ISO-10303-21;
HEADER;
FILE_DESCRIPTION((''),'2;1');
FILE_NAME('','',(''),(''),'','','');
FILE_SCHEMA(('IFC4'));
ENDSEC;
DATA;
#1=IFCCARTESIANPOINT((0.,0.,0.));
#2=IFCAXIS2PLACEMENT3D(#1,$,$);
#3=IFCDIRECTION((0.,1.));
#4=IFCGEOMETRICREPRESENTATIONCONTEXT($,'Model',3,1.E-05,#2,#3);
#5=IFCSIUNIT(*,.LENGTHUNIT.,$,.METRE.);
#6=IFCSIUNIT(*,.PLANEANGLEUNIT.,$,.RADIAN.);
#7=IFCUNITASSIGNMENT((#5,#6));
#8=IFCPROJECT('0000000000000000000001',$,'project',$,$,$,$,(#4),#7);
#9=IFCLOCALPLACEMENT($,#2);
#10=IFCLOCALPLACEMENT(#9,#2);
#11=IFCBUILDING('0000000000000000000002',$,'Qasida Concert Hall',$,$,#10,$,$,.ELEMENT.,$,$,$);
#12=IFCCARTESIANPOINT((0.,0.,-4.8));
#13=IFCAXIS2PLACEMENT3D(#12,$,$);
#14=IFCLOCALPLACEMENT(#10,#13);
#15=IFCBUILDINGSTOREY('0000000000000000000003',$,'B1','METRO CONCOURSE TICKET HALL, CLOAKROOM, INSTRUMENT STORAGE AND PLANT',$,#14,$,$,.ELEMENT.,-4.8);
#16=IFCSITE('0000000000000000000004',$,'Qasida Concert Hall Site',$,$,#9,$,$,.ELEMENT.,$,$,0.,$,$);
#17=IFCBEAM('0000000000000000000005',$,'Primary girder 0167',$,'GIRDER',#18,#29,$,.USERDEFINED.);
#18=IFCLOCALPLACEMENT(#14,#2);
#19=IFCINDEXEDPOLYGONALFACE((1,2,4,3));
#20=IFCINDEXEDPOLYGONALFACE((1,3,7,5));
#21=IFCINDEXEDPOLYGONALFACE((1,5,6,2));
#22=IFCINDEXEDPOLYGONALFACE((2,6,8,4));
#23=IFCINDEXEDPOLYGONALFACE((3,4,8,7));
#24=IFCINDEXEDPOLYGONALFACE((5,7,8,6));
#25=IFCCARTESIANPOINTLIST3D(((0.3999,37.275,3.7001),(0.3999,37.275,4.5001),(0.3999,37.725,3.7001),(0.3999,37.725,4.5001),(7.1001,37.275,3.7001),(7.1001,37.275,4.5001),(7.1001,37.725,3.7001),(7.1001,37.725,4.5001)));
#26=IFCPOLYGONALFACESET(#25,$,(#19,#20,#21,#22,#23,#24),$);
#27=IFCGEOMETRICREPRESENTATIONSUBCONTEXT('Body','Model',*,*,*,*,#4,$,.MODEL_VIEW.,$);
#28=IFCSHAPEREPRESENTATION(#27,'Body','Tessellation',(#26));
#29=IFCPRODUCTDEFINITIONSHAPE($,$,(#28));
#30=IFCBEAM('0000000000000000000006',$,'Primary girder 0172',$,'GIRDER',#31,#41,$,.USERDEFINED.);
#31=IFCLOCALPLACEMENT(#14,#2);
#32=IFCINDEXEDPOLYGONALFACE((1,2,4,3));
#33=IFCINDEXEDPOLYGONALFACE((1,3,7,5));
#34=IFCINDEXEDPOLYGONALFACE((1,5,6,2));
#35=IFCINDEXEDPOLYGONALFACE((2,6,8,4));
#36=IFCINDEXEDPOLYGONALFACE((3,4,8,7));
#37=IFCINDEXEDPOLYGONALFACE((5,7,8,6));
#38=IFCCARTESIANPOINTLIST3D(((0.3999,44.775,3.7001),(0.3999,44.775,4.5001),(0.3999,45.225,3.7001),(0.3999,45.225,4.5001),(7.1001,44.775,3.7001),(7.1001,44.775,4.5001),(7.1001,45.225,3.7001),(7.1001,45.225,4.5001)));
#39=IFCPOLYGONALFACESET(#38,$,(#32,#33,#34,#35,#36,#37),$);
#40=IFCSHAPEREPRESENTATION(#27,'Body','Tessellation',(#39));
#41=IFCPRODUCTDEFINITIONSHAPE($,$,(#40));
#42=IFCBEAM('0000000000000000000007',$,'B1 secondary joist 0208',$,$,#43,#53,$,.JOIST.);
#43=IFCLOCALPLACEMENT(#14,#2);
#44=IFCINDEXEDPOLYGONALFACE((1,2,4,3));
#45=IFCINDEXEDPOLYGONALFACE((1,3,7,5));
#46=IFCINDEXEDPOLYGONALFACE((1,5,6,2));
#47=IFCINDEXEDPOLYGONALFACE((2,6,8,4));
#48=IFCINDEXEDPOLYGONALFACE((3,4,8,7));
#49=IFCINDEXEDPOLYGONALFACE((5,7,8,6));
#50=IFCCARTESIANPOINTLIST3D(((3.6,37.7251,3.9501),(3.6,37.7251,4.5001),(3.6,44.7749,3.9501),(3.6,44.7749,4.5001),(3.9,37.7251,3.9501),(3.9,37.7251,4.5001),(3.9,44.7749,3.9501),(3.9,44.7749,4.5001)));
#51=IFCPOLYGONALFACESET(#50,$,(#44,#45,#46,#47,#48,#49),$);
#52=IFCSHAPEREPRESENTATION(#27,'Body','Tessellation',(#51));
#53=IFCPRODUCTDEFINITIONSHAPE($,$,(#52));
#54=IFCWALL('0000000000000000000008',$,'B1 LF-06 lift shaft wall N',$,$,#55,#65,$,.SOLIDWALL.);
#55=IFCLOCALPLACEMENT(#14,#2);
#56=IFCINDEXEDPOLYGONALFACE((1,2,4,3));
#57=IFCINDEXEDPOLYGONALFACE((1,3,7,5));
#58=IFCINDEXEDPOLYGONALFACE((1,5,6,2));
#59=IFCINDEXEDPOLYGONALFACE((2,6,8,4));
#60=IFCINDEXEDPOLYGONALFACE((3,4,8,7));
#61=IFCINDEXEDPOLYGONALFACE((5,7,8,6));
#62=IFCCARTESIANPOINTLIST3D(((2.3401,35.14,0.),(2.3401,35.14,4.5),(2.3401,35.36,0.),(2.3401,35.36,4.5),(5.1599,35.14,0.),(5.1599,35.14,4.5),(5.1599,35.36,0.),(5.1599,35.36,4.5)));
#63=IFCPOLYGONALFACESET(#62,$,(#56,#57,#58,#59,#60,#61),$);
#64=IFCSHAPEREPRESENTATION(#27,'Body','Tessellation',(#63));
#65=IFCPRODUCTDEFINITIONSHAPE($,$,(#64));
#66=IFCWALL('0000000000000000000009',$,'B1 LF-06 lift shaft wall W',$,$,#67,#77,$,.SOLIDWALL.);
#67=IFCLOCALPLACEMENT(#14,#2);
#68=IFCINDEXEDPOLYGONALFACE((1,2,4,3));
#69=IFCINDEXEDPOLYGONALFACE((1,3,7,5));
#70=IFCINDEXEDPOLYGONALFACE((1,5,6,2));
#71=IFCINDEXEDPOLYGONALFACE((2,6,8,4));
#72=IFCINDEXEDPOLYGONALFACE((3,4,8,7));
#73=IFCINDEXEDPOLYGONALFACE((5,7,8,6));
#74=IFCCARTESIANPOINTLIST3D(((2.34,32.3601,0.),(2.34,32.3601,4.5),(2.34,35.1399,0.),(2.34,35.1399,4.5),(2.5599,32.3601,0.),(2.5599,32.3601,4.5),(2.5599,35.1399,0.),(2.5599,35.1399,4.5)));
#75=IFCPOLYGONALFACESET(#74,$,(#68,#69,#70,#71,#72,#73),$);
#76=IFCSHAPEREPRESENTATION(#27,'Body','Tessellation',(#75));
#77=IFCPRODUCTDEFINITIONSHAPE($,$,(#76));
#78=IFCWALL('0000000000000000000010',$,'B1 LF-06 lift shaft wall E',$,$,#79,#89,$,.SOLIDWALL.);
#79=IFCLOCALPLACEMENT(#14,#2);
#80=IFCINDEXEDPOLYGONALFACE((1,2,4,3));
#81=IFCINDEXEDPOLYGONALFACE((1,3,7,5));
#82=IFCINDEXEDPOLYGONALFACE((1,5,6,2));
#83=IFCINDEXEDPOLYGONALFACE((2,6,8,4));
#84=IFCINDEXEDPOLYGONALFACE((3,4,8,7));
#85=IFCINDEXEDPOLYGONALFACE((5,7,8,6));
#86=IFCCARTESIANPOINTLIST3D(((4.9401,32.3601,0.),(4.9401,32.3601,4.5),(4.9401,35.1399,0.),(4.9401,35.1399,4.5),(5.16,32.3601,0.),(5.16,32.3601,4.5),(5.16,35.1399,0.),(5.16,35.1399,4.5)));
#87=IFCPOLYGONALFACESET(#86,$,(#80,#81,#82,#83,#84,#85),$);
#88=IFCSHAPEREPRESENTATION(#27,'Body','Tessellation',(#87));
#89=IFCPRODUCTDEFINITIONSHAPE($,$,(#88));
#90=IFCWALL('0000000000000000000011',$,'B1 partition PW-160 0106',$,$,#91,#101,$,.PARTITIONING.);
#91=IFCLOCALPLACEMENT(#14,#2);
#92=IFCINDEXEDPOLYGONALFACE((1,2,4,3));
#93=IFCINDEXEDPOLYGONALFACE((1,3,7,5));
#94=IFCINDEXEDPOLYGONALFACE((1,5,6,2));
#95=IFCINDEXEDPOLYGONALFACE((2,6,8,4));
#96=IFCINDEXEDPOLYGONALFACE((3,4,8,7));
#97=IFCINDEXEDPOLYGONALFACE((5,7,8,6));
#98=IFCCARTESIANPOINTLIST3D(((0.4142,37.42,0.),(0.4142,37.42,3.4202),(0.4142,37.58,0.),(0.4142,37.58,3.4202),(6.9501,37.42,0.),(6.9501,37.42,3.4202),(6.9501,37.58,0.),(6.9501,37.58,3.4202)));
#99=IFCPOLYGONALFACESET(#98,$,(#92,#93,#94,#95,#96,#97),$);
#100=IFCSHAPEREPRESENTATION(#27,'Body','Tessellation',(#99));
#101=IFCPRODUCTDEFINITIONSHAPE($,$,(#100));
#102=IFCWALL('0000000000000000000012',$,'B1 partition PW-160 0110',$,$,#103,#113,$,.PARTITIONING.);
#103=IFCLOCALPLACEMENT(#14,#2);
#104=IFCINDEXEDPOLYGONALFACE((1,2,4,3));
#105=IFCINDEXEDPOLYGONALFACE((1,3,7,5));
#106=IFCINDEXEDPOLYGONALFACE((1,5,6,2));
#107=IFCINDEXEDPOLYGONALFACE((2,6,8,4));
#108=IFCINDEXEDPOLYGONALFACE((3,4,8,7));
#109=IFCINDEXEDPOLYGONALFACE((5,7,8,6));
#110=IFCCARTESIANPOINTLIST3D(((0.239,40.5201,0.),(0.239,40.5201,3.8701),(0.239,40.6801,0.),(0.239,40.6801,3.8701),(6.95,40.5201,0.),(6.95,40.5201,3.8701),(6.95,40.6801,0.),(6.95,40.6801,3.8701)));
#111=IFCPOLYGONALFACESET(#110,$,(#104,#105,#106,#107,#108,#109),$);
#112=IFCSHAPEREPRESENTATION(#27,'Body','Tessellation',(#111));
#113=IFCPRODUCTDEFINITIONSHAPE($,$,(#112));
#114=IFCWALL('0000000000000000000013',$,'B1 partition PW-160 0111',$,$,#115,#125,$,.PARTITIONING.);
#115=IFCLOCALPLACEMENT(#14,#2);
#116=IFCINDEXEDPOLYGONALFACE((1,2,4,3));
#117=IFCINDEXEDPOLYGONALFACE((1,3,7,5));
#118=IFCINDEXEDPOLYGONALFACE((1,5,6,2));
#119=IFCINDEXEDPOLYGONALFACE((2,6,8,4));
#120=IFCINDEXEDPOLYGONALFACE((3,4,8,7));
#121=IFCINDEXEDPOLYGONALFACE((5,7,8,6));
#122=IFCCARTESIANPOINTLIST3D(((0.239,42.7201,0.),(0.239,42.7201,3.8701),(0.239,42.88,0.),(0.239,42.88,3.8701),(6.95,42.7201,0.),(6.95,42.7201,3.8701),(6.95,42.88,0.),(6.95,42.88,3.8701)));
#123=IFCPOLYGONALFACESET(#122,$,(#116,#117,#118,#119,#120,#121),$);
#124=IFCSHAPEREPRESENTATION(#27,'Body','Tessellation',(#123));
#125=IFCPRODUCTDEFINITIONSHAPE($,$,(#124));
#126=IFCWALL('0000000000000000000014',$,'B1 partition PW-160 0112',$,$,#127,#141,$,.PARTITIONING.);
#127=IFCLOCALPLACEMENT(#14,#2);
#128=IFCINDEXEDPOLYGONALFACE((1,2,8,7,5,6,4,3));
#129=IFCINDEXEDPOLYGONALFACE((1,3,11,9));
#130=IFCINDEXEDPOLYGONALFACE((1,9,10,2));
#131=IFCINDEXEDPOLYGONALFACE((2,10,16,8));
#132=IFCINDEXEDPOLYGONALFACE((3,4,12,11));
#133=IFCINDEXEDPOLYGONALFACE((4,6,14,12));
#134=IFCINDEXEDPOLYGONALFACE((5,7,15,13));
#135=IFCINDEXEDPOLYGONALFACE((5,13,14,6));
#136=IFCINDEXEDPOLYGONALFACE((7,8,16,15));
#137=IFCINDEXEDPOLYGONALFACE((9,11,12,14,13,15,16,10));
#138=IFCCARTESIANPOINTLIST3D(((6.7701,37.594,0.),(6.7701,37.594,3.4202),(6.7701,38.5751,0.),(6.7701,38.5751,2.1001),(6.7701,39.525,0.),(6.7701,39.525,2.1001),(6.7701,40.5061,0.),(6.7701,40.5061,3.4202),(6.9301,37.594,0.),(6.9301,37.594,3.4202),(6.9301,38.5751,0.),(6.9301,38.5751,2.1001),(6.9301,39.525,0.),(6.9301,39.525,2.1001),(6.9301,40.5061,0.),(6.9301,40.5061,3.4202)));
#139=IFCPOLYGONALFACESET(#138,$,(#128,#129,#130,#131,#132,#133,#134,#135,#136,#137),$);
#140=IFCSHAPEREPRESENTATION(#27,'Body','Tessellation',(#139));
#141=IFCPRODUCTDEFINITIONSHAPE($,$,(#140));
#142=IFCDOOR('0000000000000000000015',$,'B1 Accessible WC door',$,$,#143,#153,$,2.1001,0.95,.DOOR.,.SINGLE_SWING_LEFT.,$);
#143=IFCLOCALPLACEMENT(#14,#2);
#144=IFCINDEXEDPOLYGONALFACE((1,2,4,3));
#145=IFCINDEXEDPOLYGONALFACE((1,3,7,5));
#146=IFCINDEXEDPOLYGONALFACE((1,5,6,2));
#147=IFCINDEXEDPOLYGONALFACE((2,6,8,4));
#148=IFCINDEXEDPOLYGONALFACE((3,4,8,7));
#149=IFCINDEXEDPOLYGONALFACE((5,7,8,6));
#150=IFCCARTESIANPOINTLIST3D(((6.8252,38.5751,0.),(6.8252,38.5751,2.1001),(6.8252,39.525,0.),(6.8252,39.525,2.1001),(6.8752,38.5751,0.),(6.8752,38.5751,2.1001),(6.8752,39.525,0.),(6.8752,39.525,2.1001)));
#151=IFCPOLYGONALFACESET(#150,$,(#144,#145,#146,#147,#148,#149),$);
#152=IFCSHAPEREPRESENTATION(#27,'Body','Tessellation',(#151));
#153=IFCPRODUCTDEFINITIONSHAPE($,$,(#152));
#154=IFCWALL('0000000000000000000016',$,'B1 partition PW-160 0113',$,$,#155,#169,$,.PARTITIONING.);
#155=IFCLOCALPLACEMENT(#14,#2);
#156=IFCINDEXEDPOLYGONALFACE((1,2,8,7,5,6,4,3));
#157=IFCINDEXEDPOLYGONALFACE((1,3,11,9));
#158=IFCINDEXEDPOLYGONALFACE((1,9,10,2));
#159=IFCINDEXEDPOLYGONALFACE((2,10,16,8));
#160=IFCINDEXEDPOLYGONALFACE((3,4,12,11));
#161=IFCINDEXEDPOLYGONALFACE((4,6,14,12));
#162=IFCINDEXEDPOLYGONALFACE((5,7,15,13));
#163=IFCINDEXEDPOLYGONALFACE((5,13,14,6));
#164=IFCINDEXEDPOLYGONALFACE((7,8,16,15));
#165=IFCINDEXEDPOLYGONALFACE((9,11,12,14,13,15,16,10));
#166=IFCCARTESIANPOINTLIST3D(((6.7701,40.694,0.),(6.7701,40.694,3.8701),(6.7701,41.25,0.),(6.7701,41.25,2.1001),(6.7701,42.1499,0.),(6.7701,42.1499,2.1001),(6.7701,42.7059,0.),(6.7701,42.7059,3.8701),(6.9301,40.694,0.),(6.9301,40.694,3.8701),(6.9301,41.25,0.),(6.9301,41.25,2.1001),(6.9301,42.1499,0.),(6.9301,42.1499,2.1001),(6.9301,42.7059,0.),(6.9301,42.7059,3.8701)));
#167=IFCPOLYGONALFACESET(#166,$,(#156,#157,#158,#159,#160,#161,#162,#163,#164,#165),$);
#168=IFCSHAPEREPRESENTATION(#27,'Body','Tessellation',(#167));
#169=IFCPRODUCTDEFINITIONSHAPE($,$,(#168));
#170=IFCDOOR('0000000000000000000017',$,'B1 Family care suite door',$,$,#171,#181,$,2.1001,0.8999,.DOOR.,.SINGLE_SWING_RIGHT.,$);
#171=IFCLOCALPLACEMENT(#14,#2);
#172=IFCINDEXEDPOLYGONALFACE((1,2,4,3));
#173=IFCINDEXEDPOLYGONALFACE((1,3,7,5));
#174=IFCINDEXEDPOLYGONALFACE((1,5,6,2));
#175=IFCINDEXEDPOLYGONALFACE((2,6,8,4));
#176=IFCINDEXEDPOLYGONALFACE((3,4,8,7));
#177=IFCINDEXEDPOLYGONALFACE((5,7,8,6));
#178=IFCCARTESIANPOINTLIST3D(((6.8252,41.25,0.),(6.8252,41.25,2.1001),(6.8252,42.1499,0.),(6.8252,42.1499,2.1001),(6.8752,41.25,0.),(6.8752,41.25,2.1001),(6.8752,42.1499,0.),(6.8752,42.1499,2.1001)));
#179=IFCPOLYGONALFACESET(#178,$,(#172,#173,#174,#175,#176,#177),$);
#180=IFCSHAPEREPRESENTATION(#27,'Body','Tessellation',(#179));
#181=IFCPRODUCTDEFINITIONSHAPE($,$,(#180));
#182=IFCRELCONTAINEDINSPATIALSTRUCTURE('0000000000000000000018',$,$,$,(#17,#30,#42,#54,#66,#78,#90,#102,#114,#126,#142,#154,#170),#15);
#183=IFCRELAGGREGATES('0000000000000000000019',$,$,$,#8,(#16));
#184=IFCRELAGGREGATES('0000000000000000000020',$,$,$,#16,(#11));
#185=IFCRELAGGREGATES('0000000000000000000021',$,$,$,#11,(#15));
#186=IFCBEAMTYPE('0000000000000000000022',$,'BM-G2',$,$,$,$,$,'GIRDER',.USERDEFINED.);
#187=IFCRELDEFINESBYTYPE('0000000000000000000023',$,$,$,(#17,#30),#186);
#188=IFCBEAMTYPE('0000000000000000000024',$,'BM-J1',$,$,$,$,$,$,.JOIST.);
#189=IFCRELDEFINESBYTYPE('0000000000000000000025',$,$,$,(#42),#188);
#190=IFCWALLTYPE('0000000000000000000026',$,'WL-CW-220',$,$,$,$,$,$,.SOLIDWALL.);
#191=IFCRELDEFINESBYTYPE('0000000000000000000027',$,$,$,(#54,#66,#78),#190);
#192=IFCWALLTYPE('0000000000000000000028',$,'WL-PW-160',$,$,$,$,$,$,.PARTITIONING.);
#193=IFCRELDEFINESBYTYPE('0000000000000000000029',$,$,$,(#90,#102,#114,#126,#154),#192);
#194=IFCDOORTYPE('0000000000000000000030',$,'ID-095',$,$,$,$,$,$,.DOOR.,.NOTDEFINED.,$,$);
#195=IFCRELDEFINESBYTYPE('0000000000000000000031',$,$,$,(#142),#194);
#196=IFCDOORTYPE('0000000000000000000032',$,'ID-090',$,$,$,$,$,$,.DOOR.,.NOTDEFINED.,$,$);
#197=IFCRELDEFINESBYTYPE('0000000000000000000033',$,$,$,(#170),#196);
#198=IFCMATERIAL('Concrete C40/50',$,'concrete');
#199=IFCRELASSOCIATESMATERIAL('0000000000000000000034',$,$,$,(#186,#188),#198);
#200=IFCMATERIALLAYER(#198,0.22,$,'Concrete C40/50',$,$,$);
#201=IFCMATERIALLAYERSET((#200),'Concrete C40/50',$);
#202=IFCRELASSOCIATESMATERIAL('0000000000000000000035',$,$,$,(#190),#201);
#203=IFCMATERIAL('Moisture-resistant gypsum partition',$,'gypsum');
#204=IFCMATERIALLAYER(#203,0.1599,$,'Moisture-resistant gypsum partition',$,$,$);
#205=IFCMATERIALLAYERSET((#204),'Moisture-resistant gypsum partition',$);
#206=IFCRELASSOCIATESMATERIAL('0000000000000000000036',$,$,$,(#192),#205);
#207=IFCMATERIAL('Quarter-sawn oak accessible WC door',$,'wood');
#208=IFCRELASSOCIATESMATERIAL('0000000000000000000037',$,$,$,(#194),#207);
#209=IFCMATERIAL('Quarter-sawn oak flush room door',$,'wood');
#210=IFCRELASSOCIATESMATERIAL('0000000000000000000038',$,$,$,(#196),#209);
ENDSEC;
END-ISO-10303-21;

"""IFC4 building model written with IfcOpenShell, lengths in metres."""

from ifc_helpers import new_model, si_unit, direction, frame, frame_2d, origin, origin_2d, place, context, subcontext, project, spatial, rectangle, extrude, material, layer, layer_set, material_profile, profile_set, type_object, element, fill, save


model = new_model("IFC4")

# Units and contexts
model_context = context("Model", 3, precision=1e-05, world=origin(), true_north=direction((0.0, 1.0)))
body_context = subcontext(model_context, "Body", "Model", "MODEL_VIEW")
ifc_project = project(units=[si_unit("LENGTHUNIT", "METRE"), si_unit("PLANEANGLEUNIT", "RADIAN")], contexts=[model_context])

# Site, building, storey
site_placement = place(None, origin())
site = spatial("IfcSite", under=ifc_project, at=site_placement, Name="Qasida Concert Hall Site", CompositionType="ELEMENT", RefElevation=0.0)
building_placement = place(site_placement, origin())
building = spatial("IfcBuilding", under=site, at=building_placement, Name="Qasida Concert Hall", CompositionType="ELEMENT")
storey_placement = place(building_placement, frame((0.0, 0.0, -4.8)))
storey = spatial("IfcBuildingStorey", under=building, at=storey_placement, Name="B1", Description="METRO CONCOURSE TICKET HALL, CLOAKROOM, INSTRUMENT STORAGE AND PLANT", CompositionType="ELEMENT", Elevation=-4.8)

# Shared definitions
ifc_material_1 = material(Name="Concrete C40/50", Category="concrete")

# Beams
ifc_material_profile_1 = material_profile(ifc_material_1, rectangle(XDim=0.45, YDim=0.8, at=origin_2d()), Name="RC 450x800")
ifc_profile_set_1 = profile_set([ifc_material_profile_1], Name="Concrete C40/50")
beam_type_1 = type_object("IfcBeamType", Name="BM-G2", ElementType="GIRDER", PredefinedType="USERDEFINED", material=ifc_profile_set_1)
for number, where, z_axis, x_axis, name in (
    (1, (0.3999, 37.5, 4.1001), (1.0, 0.0, 0.0), (0.0, 1.0, 0.0), "Primary girder 0167"),
    (2, (0.3999, 45.0, 4.1001), (1.0, 0.0, 0.0), (0.0, 1.0, 0.0), "Primary girder 0172"),
):
    element("IfcBeam", number, at=place(storey_placement, frame(where, z_axis=z_axis, x_axis=x_axis)), inside=storey, type_object=beam_type_1, Name=name, ObjectType="GIRDER", PredefinedType="USERDEFINED", context=body_context, shape_type="SweptSolid", body=[
        extrude(rectangle(XDim=0.45, YDim=0.8, at=origin_2d()), origin(), (0.0, 0.0, 1.0), 6.7002),
    ])
ifc_material_profile_2 = material_profile(ifc_material_1, rectangle(XDim=0.3, YDim=0.55, at=origin_2d()), Name="RC 300x550")
ifc_profile_set_2 = profile_set([ifc_material_profile_2], Name="Concrete C40/50")
beam_type_2 = type_object("IfcBeamType", Name="BM-J1", PredefinedType="JOIST", material=ifc_profile_set_2)
beam_placement = place(storey_placement, frame((3.75, 37.7251, 4.2251), z_axis=(0.0, 1.0, 0.0), x_axis=(-1.0, 0.0, 0.0)))
element("IfcBeam", 3, at=beam_placement, inside=storey, type_object=beam_type_2, Name="B1 secondary joist 0208", PredefinedType="JOIST", context=body_context, shape_type="SweptSolid", body=[
    extrude(rectangle(XDim=0.3, YDim=0.55, at=origin_2d()), origin(), (0.0, 0.0, 1.0), 7.0498),
])

# Shared definitions
ifc_layer_1 = layer(ifc_material_1, 0.22, Name="Concrete C40/50")
ifc_layer_set_1 = layer_set([ifc_layer_1], Name="Concrete C40/50")
wall_type_1 = type_object("IfcWallType", Name="WL-CW-220", PredefinedType="SOLIDWALL", material=ifc_layer_set_1)

# Walls
wall_1_placement = place(storey_placement, frame((2.3401, 35.25, 0.0), z_axis=(0.0, 0.0, 1.0), x_axis=(1.0, 0.0, 0.0)))
element("IfcWall", 4, at=wall_1_placement, inside=storey, type_object=wall_type_1, Name="B1 LF-06 lift shaft wall N", PredefinedType="SOLIDWALL", context=body_context, shape_type="SweptSolid", body=[
    extrude(rectangle(XDim=2.8198, YDim=0.22, at=frame_2d((1.4099, 0.0))), origin(), (0.0, 0.0, 1.0), 4.5),
])
for number, where, z_axis, x_axis, name in (
    (5, (2.45, 32.3601, 0.0), (0.0, 0.0, 1.0), (0.0, 1.0, 0.0), "B1 LF-06 lift shaft wall W"),
    (6, (5.05, 32.3601, 0.0), (0.0, 0.0, 1.0), (0.0, 1.0, 0.0), "B1 LF-06 lift shaft wall E"),
):
    element("IfcWall", number, at=place(storey_placement, frame(where, z_axis=z_axis, x_axis=x_axis)), inside=storey, type_object=wall_type_1, Name=name, PredefinedType="SOLIDWALL", context=body_context, shape_type="SweptSolid", body=[
        extrude(rectangle(XDim=2.7798, YDim=0.22, at=frame_2d((1.3899, 0.0))), origin(), (0.0, 0.0, 1.0), 4.5),
    ])
ifc_material_2 = material(Name="Moisture-resistant gypsum partition", Category="gypsum")
ifc_layer_2 = layer(ifc_material_2, 0.1599, Name="Moisture-resistant gypsum partition")
ifc_layer_set_2 = layer_set([ifc_layer_2], Name="Moisture-resistant gypsum partition")
wall_type_2 = type_object("IfcWallType", Name="WL-PW-160", PredefinedType="PARTITIONING", material=ifc_layer_set_2)
wall_2_placement = place(storey_placement, frame((0.4141, 37.5, 0.0), z_axis=(0.0, 0.0, 1.0), x_axis=(1.0, 0.0, 0.0)))
element("IfcWall", 7, at=wall_2_placement, inside=storey, type_object=wall_type_2, Name="B1 partition PW-160 0106", PredefinedType="PARTITIONING", context=body_context, shape_type="SweptSolid", body=[
    extrude(rectangle(XDim=6.5359, YDim=0.1599, at=frame_2d((3.2681, 0.0))), origin(), (0.0, 0.0, 1.0), 3.4202),
])
for number, where, z_axis, x_axis, name in (
    (8, (0.239, 40.6001, 0.0), (0.0, 0.0, 1.0), (1.0, 0.0, 0.0), "B1 partition PW-160 0110"),
    (9, (0.239, 42.8, 0.0), (0.0, 0.0, 1.0), (1.0, 0.0, 0.0), "B1 partition PW-160 0111"),
):
    element("IfcWall", number, at=place(storey_placement, frame(where, z_axis=z_axis, x_axis=x_axis)), inside=storey, type_object=wall_type_2, Name=name, PredefinedType="PARTITIONING", context=body_context, shape_type="SweptSolid", body=[
        extrude(rectangle(XDim=6.7109, YDim=0.1599, at=frame_2d((3.3555, 0.0))), origin(), (0.0, 0.0, 1.0), 3.8701),
    ])

# Walls, openings, doors
wall_3_placement = place(storey_placement, frame((6.8501, 37.594, 0.0), z_axis=(0.0, 0.0, 1.0), x_axis=(0.0, 1.0, 0.0)))
wall_3 = element("IfcWall", 10, at=wall_3_placement, inside=storey, type_object=wall_type_2, Name="B1 partition PW-160 0112", PredefinedType="PARTITIONING", context=body_context, shape_type="SweptSolid", body=[
    extrude(rectangle(XDim=2.9121, YDim=0.1599, at=frame_2d((1.4561, 0.0))), origin(), (0.0, 0.0, 1.0), 3.4202),
])
opening_1_placement = place(wall_3_placement, frame((0.981, 0.0, 0.0)))
opening_1 = element("IfcOpeningElement", 11, at=opening_1_placement, cuts=wall_3, PredefinedType="OPENING", context=body_context, shape_type="SweptSolid", body=[
    extrude(rectangle(XDim=0.95, YDim=2.1001, at=frame_2d((0.4751, 1.05))), frame((0.0, 0.0898, 0.0), z_axis=(0.0, -1.0, 0.0), x_axis=(1.0, 0.0, 0.0)), (0.0, 0.0, 1.0), 0.1799),
])
ifc_material_3 = material(Name="Quarter-sawn oak accessible WC door", Category="wood")
door_type_1 = type_object("IfcDoorType", Name="ID-095", OperationType="NOTDEFINED", PredefinedType="DOOR", material=ifc_material_3)
door_1_placement = place(opening_1_placement, origin())
door_1 = element("IfcDoor", 12, at=door_1_placement, inside=storey, type_object=door_type_1, Name="B1 Accessible WC door", OperationType="SINGLE_SWING_LEFT", OverallHeight=2.1001, OverallWidth=0.95, PredefinedType="DOOR", context=body_context, shape_type="SweptSolid", body=[
    extrude(rectangle(XDim=0.95, YDim=2.1001, at=frame_2d((0.4751, 1.05))), frame((0.0, 0.0249, 0.0), z_axis=(0.0, -1.0, 0.0), x_axis=(1.0, 0.0, 0.0)), (0.0, 0.0, 1.0), 0.05),
])
fill(opening_1, door_1)
wall_4_placement = place(storey_placement, frame((6.8501, 40.6941, 0.0), z_axis=(0.0, 0.0, 1.0), x_axis=(0.0, 1.0, 0.0)))
wall_4 = element("IfcWall", 13, at=wall_4_placement, inside=storey, type_object=wall_type_2, Name="B1 partition PW-160 0113", PredefinedType="PARTITIONING", context=body_context, shape_type="SweptSolid", body=[
    extrude(rectangle(XDim=2.012, YDim=0.1599, at=frame_2d((1.0059, 0.0))), origin(), (0.0, 0.0, 1.0), 3.8701),
])
opening_2_placement = place(wall_4_placement, frame((0.5559, 0.0, 0.0)))
opening_2 = element("IfcOpeningElement", 14, at=opening_2_placement, cuts=wall_4, PredefinedType="OPENING", context=body_context, shape_type="SweptSolid", body=[
    extrude(rectangle(XDim=0.8999, YDim=2.1001, at=frame_2d((0.45, 1.05))), frame((0.0, 0.0898, 0.0), z_axis=(0.0, -1.0, 0.0), x_axis=(1.0, 0.0, 0.0)), (0.0, 0.0, 1.0), 0.1799),
])
ifc_material_4 = material(Name="Quarter-sawn oak flush room door", Category="wood")
door_type_2 = type_object("IfcDoorType", Name="ID-090", OperationType="NOTDEFINED", PredefinedType="DOOR", material=ifc_material_4)
door_2_placement = place(opening_2_placement, origin())
door_2 = element("IfcDoor", 15, at=door_2_placement, inside=storey, type_object=door_type_2, Name="B1 Family care suite door", OperationType="SINGLE_SWING_RIGHT", OverallHeight=2.1001, OverallWidth=0.8999, PredefinedType="DOOR", context=body_context, shape_type="SweptSolid", body=[
    extrude(rectangle(XDim=0.8999, YDim=2.1001, at=frame_2d((0.45, 1.05))), frame((0.0, 0.0249, 0.0), z_axis=(0.0, -1.0, 0.0), x_axis=(1.0, 0.0, 0.0)), (0.0, 0.0, 1.0), 0.05),
])
fill(opening_2, door_2)

save(model, "model.ifc")
